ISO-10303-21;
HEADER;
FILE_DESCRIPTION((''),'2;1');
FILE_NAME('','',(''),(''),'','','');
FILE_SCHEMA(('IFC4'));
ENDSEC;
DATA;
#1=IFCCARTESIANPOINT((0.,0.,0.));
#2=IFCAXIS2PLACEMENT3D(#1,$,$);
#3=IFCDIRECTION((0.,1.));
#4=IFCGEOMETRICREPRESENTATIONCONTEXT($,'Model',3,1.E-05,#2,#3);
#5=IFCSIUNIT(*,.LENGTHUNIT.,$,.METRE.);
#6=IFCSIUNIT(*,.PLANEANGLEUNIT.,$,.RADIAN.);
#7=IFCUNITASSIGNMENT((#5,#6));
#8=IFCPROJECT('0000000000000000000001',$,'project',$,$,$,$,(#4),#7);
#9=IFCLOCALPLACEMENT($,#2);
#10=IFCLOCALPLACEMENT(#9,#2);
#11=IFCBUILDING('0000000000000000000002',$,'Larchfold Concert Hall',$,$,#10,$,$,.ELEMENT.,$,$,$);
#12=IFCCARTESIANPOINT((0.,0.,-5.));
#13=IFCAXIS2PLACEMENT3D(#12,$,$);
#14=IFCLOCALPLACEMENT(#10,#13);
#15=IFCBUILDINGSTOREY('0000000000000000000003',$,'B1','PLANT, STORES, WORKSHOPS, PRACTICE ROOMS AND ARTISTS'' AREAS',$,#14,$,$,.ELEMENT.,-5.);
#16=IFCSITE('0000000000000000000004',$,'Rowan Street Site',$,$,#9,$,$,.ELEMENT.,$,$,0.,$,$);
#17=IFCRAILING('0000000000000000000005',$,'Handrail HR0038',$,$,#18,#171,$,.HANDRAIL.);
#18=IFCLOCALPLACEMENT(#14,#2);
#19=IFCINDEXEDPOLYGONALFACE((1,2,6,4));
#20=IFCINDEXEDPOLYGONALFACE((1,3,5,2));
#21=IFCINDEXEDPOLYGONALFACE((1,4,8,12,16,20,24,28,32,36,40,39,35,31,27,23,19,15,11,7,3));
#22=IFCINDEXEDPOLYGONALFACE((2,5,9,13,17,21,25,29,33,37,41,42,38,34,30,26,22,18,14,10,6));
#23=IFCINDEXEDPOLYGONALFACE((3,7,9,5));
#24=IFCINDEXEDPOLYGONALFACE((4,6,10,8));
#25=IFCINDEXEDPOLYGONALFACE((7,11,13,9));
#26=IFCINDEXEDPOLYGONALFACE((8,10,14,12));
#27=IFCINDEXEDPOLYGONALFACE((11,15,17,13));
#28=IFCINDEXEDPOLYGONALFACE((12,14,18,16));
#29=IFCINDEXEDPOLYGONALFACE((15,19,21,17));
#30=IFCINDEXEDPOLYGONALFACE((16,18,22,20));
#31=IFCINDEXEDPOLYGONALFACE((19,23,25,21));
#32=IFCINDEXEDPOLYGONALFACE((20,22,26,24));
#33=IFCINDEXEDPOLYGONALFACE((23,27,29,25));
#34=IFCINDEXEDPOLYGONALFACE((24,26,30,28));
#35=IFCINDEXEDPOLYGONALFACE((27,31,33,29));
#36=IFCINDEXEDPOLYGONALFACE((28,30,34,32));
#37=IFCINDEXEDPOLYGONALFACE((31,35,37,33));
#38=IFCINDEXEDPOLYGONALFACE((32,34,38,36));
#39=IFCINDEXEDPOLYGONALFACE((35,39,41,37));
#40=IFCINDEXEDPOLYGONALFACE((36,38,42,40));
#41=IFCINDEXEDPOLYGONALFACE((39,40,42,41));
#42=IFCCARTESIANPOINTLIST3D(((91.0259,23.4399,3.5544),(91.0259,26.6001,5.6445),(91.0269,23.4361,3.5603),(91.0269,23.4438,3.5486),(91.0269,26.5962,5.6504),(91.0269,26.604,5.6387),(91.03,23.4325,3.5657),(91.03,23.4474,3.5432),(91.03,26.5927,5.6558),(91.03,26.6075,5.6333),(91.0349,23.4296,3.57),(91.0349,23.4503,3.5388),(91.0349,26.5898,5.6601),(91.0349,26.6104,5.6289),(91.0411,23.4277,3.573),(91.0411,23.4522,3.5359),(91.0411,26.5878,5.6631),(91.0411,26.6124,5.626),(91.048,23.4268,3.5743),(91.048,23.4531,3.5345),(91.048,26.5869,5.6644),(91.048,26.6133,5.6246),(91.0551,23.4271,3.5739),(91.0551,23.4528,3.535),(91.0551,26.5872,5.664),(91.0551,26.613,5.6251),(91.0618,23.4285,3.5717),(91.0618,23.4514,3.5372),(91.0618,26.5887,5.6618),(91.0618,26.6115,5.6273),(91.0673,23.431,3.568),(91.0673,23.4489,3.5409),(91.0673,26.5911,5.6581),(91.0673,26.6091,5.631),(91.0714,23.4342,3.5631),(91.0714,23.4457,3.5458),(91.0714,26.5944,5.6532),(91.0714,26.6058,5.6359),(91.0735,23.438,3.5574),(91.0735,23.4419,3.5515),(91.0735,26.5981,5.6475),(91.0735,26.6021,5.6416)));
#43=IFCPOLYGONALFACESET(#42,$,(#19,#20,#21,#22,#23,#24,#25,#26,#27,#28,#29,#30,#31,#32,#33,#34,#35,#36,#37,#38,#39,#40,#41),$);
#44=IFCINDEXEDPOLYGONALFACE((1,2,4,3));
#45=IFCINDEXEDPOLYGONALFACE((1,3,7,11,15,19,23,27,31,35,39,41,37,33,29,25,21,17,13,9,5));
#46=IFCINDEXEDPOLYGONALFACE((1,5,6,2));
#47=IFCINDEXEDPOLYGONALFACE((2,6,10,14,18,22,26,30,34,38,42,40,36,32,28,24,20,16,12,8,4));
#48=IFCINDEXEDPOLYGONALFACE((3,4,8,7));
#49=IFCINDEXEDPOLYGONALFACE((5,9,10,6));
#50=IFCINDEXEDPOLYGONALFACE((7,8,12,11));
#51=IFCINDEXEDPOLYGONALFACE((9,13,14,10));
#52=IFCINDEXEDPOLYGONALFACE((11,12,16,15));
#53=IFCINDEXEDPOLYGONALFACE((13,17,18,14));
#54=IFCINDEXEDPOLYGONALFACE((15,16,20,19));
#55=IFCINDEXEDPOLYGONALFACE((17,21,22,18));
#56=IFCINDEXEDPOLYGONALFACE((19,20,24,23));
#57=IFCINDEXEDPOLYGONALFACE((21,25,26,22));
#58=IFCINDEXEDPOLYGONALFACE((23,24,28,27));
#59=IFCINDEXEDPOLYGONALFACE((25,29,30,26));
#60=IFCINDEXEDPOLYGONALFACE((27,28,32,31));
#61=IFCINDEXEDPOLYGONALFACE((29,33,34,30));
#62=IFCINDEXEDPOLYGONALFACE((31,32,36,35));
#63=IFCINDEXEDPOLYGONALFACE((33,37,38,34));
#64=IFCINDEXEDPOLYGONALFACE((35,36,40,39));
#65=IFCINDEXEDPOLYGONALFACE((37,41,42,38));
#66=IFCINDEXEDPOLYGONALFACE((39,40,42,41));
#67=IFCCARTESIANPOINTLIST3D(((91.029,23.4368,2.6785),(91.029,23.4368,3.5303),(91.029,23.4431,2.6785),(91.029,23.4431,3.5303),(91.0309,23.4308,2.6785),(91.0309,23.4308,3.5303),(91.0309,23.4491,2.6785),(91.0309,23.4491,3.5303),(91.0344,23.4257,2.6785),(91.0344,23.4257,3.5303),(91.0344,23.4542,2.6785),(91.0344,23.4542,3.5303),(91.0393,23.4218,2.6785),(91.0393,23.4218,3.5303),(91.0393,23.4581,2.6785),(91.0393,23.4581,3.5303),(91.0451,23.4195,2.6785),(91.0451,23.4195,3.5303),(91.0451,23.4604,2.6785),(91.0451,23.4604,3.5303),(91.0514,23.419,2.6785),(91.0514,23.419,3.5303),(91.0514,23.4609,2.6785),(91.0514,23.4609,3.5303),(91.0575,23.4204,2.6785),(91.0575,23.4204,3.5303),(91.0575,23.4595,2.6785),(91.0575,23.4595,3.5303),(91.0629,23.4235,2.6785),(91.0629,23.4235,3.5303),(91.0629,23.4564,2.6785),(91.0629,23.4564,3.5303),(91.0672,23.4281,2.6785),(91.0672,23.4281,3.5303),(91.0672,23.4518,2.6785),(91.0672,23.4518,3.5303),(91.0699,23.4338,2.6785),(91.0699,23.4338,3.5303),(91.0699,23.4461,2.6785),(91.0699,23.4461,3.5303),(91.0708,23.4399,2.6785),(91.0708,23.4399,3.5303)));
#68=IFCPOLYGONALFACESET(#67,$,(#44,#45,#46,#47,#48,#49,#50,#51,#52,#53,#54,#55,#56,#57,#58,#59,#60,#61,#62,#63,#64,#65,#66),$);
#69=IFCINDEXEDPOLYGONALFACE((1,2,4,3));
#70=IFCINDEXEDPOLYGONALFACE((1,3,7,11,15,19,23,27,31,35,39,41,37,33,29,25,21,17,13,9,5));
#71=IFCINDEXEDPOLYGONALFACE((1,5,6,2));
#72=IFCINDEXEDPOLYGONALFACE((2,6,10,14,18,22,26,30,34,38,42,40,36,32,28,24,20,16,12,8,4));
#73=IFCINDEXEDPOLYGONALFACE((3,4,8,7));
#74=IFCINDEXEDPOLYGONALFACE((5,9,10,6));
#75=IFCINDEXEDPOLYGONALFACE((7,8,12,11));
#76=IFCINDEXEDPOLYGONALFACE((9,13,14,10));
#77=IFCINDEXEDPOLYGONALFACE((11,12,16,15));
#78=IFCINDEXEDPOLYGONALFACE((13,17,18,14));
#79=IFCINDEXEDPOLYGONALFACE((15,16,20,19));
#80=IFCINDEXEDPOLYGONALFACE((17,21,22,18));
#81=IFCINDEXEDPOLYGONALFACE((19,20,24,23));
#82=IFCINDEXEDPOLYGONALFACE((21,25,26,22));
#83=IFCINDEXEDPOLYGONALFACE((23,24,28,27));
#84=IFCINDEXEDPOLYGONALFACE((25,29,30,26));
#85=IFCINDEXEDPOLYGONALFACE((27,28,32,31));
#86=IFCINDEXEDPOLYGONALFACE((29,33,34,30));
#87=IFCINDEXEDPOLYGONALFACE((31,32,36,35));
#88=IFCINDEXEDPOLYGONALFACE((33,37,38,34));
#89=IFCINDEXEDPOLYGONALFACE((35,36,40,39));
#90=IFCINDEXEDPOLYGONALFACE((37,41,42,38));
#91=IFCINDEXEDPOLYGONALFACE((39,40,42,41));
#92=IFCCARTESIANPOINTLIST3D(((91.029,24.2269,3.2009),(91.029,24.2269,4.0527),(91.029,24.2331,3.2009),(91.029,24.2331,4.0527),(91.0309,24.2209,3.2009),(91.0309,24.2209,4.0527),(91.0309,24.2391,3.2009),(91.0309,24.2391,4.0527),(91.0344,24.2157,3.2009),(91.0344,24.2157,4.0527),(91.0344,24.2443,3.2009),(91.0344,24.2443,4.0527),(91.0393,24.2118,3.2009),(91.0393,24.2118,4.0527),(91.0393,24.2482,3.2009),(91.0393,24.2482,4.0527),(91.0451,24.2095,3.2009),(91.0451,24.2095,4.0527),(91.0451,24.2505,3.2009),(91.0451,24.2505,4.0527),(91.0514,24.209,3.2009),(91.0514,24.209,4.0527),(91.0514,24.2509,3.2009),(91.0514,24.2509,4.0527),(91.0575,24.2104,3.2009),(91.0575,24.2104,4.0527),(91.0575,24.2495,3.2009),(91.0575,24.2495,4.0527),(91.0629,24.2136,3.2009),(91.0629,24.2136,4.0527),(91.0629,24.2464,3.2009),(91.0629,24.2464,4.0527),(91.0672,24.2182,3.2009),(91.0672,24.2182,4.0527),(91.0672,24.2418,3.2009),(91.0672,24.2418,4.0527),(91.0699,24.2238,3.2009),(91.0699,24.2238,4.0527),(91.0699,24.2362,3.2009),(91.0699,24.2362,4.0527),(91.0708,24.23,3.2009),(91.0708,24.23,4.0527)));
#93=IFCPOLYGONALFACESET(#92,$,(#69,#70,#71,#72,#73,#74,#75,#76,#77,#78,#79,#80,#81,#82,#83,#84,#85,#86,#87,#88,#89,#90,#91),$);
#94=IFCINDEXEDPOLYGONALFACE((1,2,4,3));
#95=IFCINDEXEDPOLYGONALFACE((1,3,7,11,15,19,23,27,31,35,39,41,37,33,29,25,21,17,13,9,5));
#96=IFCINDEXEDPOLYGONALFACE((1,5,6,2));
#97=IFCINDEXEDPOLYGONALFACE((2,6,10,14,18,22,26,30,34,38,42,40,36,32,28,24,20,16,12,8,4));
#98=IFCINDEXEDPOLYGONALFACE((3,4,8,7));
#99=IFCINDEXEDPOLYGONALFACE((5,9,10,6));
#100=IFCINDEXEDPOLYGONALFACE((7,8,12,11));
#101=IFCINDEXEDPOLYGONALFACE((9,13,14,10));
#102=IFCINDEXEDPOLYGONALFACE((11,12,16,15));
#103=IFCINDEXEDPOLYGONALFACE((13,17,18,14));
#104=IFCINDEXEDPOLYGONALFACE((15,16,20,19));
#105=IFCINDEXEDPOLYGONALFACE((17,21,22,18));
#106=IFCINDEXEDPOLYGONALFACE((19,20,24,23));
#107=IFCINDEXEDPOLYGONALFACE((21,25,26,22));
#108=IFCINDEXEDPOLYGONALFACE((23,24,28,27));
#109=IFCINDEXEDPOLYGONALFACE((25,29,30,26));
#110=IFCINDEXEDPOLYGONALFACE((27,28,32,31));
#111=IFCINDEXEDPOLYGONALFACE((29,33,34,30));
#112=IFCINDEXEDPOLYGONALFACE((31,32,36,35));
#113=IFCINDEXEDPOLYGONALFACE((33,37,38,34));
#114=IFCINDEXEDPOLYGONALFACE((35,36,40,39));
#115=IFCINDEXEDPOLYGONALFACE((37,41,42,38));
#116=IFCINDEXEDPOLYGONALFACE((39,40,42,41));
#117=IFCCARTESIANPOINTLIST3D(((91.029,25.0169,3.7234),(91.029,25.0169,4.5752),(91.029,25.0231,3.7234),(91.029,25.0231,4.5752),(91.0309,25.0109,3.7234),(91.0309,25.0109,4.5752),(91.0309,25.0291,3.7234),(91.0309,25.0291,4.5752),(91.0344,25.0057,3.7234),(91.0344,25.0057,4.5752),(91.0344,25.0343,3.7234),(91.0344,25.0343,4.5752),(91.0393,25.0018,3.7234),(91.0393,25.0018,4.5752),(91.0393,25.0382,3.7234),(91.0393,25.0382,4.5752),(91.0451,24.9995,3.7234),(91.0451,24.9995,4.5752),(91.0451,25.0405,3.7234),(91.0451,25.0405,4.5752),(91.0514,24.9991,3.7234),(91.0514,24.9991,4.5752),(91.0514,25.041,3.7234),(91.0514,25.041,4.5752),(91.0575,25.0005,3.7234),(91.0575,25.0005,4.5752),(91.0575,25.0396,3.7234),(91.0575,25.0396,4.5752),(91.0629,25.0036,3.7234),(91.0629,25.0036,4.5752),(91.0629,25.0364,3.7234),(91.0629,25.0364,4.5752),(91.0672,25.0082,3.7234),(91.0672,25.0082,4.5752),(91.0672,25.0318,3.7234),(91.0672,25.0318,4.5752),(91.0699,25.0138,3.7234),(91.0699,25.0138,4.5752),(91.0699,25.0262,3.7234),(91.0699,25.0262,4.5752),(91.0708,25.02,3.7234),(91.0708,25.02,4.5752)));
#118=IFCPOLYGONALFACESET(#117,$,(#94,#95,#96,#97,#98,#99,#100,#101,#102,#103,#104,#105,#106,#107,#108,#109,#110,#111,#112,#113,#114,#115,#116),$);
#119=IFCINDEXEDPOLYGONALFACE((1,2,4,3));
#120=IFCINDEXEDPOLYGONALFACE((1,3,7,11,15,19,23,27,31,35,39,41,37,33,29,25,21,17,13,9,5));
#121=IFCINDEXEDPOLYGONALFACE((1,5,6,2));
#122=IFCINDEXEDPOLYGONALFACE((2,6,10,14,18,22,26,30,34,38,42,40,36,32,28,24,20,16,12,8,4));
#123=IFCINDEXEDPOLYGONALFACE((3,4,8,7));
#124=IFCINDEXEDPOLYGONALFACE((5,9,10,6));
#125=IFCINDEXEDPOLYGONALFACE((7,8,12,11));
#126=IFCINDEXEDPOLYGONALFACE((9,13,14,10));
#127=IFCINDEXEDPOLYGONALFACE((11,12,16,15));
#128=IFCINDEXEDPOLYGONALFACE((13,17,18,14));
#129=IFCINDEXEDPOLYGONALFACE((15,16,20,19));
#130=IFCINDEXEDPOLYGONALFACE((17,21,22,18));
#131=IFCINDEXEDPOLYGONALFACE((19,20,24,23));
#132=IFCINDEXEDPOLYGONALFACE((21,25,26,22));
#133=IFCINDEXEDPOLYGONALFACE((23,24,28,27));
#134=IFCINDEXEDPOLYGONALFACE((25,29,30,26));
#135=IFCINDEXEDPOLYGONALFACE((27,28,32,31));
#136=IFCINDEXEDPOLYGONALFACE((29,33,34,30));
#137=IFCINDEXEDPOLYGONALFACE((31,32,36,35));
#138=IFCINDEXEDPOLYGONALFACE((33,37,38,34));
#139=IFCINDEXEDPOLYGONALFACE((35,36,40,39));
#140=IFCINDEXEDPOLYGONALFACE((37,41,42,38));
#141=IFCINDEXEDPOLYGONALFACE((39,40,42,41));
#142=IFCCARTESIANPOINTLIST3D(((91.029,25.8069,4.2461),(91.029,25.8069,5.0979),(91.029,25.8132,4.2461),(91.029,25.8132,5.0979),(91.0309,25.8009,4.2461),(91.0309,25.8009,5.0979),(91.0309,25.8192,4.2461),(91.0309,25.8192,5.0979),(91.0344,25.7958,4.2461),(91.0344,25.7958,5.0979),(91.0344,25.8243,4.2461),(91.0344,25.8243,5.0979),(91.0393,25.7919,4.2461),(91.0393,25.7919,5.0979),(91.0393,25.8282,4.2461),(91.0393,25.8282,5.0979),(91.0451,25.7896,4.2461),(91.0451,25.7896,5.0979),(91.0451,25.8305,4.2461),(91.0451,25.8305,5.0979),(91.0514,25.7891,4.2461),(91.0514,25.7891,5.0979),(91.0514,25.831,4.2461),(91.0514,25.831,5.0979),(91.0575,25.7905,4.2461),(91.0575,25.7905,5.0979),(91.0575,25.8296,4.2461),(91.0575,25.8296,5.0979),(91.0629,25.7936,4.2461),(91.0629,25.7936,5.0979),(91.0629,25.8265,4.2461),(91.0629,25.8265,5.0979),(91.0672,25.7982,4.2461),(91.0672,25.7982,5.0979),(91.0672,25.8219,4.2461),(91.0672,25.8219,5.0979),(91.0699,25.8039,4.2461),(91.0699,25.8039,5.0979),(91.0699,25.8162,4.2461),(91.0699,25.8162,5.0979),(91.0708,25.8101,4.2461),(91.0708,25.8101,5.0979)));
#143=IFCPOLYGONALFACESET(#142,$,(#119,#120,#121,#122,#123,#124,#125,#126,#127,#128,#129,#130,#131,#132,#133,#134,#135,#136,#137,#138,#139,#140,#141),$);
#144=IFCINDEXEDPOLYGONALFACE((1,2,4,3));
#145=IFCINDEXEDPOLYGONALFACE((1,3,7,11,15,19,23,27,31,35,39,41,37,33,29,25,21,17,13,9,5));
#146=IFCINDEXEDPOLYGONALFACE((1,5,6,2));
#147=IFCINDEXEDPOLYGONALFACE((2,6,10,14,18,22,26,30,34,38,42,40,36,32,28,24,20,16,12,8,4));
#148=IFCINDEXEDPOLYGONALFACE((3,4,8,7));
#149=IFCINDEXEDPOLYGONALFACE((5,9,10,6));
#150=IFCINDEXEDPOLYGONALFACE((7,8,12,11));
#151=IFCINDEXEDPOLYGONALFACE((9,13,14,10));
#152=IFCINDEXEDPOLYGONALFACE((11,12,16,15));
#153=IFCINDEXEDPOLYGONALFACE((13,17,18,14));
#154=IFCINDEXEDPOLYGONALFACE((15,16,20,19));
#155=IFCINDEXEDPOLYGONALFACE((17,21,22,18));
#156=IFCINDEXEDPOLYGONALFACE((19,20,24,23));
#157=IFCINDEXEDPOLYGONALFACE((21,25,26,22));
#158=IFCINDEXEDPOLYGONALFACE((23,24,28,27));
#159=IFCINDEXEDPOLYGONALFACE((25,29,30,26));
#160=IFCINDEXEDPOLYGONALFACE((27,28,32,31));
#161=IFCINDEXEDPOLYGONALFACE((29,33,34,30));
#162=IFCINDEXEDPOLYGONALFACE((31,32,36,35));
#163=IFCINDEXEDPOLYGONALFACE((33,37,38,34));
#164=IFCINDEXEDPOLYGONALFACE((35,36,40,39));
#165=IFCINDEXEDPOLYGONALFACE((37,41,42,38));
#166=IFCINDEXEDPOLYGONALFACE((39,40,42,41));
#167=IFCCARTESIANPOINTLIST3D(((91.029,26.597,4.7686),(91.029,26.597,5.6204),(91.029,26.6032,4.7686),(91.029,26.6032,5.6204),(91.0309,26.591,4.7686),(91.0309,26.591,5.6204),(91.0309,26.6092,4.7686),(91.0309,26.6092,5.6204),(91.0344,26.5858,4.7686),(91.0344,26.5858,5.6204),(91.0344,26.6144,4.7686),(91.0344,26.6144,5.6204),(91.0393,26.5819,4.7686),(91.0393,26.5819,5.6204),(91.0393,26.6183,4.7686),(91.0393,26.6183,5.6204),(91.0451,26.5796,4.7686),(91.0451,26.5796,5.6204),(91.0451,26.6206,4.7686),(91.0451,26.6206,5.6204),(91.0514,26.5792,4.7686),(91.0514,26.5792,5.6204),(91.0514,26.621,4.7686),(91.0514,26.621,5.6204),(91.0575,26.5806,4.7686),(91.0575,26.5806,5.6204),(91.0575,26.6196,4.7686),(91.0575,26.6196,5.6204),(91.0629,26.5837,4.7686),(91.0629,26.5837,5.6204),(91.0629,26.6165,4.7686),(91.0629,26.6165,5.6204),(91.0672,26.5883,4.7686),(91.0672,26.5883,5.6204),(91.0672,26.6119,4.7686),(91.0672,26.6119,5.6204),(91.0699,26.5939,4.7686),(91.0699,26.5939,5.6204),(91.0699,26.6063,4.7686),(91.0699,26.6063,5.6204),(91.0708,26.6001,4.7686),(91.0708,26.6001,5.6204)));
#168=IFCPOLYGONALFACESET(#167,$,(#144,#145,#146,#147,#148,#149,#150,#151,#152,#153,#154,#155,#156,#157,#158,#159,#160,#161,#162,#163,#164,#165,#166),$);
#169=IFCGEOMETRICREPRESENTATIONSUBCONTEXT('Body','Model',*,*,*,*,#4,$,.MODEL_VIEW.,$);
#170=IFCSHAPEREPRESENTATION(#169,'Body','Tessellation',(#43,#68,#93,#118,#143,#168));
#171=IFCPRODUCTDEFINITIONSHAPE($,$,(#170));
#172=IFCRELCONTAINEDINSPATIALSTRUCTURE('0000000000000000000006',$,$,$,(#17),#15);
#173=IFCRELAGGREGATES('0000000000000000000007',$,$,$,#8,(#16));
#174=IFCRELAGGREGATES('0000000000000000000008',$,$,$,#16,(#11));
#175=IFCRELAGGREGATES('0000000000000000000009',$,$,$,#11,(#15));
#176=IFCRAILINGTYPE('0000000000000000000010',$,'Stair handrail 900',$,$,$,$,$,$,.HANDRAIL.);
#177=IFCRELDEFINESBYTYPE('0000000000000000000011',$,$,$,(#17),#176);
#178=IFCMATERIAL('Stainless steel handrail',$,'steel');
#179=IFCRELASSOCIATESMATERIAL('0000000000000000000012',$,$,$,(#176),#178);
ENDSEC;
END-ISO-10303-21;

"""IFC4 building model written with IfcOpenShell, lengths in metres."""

from ifc_helpers import new_model, si_unit, direction, frame, origin, origin_2d, place, context, subcontext, project, spatial, circle, extrude, material, type_object, element, save


model = new_model("IFC4")

# Units and contexts
model_context = context("Model", 3, precision=1e-05, world=origin(), true_north=direction((0.0, 1.0)))
body_context = subcontext(model_context, "Body", "Model", "MODEL_VIEW")
ifc_project = project(units=[si_unit("LENGTHUNIT", "METRE"), si_unit("PLANEANGLEUNIT", "RADIAN")], contexts=[model_context])

# Site, building, storey
site_placement = place(None, origin())
site = spatial("IfcSite", under=ifc_project, at=site_placement, Name="Rowan Street Site", CompositionType="ELEMENT", RefElevation=0.0)
building_placement = place(site_placement, origin())
building = spatial("IfcBuilding", under=site, at=building_placement, Name="Larchfold Concert Hall", CompositionType="ELEMENT")
storey_placement = place(building_placement, frame((0.0, 0.0, -5.0)))
storey = spatial("IfcBuildingStorey", under=building, at=storey_placement, Name="B1", Description="PLANT, STORES, WORKSHOPS, PRACTICE ROOMS AND ARTISTS' AREAS", CompositionType="ELEMENT", Elevation=-5.0)

# Railing
ifc_material_1 = material(Name="Stainless steel handrail", Category="steel")
railing_type = type_object("IfcRailingType", Name="Stair handrail 900", PredefinedType="HANDRAIL", material=ifc_material_1)
railing_placement = place(storey_placement, frame((91.0498, 23.4399, 2.6785)))
element("IfcRailing", 1, at=railing_placement, inside=storey, type_object=railing_type, Name="Handrail HR0038", PredefinedType="HANDRAIL", context=body_context, shape_type="SweptSolid", body=[
    extrude(circle(Radius=0.0239, at=origin_2d()), frame((0.0, 0.0, 0.876), z_axis=(0.0, 0.834077, 0.551648), x_axis=(-1.0, 0.0, 0.0)), (0.0, 0.0, 1.0), 3.7888),
    extrude(circle(Radius=0.021, at=origin_2d()), origin(), (0.0, 0.0, 1.0), 0.8518),
    extrude(circle(Radius=0.021, at=origin_2d()), frame((0.0, 0.79, 0.5225)), (0.0, 0.0, 1.0), 0.8518),
    extrude(circle(Radius=0.021, at=origin_2d()), frame((0.0, 1.5801, 1.0449)), (0.0, 0.0, 1.0), 0.8518),
    extrude(circle(Radius=0.021, at=origin_2d()), frame((0.0, 2.3701, 1.5676)), (0.0, 0.0, 1.0), 0.8518),
    extrude(circle(Radius=0.021, at=origin_2d()), frame((0.0, 3.1602, 2.0901)), (0.0, 0.0, 1.0), 0.8518),
])

save(model, "model.ifc")
